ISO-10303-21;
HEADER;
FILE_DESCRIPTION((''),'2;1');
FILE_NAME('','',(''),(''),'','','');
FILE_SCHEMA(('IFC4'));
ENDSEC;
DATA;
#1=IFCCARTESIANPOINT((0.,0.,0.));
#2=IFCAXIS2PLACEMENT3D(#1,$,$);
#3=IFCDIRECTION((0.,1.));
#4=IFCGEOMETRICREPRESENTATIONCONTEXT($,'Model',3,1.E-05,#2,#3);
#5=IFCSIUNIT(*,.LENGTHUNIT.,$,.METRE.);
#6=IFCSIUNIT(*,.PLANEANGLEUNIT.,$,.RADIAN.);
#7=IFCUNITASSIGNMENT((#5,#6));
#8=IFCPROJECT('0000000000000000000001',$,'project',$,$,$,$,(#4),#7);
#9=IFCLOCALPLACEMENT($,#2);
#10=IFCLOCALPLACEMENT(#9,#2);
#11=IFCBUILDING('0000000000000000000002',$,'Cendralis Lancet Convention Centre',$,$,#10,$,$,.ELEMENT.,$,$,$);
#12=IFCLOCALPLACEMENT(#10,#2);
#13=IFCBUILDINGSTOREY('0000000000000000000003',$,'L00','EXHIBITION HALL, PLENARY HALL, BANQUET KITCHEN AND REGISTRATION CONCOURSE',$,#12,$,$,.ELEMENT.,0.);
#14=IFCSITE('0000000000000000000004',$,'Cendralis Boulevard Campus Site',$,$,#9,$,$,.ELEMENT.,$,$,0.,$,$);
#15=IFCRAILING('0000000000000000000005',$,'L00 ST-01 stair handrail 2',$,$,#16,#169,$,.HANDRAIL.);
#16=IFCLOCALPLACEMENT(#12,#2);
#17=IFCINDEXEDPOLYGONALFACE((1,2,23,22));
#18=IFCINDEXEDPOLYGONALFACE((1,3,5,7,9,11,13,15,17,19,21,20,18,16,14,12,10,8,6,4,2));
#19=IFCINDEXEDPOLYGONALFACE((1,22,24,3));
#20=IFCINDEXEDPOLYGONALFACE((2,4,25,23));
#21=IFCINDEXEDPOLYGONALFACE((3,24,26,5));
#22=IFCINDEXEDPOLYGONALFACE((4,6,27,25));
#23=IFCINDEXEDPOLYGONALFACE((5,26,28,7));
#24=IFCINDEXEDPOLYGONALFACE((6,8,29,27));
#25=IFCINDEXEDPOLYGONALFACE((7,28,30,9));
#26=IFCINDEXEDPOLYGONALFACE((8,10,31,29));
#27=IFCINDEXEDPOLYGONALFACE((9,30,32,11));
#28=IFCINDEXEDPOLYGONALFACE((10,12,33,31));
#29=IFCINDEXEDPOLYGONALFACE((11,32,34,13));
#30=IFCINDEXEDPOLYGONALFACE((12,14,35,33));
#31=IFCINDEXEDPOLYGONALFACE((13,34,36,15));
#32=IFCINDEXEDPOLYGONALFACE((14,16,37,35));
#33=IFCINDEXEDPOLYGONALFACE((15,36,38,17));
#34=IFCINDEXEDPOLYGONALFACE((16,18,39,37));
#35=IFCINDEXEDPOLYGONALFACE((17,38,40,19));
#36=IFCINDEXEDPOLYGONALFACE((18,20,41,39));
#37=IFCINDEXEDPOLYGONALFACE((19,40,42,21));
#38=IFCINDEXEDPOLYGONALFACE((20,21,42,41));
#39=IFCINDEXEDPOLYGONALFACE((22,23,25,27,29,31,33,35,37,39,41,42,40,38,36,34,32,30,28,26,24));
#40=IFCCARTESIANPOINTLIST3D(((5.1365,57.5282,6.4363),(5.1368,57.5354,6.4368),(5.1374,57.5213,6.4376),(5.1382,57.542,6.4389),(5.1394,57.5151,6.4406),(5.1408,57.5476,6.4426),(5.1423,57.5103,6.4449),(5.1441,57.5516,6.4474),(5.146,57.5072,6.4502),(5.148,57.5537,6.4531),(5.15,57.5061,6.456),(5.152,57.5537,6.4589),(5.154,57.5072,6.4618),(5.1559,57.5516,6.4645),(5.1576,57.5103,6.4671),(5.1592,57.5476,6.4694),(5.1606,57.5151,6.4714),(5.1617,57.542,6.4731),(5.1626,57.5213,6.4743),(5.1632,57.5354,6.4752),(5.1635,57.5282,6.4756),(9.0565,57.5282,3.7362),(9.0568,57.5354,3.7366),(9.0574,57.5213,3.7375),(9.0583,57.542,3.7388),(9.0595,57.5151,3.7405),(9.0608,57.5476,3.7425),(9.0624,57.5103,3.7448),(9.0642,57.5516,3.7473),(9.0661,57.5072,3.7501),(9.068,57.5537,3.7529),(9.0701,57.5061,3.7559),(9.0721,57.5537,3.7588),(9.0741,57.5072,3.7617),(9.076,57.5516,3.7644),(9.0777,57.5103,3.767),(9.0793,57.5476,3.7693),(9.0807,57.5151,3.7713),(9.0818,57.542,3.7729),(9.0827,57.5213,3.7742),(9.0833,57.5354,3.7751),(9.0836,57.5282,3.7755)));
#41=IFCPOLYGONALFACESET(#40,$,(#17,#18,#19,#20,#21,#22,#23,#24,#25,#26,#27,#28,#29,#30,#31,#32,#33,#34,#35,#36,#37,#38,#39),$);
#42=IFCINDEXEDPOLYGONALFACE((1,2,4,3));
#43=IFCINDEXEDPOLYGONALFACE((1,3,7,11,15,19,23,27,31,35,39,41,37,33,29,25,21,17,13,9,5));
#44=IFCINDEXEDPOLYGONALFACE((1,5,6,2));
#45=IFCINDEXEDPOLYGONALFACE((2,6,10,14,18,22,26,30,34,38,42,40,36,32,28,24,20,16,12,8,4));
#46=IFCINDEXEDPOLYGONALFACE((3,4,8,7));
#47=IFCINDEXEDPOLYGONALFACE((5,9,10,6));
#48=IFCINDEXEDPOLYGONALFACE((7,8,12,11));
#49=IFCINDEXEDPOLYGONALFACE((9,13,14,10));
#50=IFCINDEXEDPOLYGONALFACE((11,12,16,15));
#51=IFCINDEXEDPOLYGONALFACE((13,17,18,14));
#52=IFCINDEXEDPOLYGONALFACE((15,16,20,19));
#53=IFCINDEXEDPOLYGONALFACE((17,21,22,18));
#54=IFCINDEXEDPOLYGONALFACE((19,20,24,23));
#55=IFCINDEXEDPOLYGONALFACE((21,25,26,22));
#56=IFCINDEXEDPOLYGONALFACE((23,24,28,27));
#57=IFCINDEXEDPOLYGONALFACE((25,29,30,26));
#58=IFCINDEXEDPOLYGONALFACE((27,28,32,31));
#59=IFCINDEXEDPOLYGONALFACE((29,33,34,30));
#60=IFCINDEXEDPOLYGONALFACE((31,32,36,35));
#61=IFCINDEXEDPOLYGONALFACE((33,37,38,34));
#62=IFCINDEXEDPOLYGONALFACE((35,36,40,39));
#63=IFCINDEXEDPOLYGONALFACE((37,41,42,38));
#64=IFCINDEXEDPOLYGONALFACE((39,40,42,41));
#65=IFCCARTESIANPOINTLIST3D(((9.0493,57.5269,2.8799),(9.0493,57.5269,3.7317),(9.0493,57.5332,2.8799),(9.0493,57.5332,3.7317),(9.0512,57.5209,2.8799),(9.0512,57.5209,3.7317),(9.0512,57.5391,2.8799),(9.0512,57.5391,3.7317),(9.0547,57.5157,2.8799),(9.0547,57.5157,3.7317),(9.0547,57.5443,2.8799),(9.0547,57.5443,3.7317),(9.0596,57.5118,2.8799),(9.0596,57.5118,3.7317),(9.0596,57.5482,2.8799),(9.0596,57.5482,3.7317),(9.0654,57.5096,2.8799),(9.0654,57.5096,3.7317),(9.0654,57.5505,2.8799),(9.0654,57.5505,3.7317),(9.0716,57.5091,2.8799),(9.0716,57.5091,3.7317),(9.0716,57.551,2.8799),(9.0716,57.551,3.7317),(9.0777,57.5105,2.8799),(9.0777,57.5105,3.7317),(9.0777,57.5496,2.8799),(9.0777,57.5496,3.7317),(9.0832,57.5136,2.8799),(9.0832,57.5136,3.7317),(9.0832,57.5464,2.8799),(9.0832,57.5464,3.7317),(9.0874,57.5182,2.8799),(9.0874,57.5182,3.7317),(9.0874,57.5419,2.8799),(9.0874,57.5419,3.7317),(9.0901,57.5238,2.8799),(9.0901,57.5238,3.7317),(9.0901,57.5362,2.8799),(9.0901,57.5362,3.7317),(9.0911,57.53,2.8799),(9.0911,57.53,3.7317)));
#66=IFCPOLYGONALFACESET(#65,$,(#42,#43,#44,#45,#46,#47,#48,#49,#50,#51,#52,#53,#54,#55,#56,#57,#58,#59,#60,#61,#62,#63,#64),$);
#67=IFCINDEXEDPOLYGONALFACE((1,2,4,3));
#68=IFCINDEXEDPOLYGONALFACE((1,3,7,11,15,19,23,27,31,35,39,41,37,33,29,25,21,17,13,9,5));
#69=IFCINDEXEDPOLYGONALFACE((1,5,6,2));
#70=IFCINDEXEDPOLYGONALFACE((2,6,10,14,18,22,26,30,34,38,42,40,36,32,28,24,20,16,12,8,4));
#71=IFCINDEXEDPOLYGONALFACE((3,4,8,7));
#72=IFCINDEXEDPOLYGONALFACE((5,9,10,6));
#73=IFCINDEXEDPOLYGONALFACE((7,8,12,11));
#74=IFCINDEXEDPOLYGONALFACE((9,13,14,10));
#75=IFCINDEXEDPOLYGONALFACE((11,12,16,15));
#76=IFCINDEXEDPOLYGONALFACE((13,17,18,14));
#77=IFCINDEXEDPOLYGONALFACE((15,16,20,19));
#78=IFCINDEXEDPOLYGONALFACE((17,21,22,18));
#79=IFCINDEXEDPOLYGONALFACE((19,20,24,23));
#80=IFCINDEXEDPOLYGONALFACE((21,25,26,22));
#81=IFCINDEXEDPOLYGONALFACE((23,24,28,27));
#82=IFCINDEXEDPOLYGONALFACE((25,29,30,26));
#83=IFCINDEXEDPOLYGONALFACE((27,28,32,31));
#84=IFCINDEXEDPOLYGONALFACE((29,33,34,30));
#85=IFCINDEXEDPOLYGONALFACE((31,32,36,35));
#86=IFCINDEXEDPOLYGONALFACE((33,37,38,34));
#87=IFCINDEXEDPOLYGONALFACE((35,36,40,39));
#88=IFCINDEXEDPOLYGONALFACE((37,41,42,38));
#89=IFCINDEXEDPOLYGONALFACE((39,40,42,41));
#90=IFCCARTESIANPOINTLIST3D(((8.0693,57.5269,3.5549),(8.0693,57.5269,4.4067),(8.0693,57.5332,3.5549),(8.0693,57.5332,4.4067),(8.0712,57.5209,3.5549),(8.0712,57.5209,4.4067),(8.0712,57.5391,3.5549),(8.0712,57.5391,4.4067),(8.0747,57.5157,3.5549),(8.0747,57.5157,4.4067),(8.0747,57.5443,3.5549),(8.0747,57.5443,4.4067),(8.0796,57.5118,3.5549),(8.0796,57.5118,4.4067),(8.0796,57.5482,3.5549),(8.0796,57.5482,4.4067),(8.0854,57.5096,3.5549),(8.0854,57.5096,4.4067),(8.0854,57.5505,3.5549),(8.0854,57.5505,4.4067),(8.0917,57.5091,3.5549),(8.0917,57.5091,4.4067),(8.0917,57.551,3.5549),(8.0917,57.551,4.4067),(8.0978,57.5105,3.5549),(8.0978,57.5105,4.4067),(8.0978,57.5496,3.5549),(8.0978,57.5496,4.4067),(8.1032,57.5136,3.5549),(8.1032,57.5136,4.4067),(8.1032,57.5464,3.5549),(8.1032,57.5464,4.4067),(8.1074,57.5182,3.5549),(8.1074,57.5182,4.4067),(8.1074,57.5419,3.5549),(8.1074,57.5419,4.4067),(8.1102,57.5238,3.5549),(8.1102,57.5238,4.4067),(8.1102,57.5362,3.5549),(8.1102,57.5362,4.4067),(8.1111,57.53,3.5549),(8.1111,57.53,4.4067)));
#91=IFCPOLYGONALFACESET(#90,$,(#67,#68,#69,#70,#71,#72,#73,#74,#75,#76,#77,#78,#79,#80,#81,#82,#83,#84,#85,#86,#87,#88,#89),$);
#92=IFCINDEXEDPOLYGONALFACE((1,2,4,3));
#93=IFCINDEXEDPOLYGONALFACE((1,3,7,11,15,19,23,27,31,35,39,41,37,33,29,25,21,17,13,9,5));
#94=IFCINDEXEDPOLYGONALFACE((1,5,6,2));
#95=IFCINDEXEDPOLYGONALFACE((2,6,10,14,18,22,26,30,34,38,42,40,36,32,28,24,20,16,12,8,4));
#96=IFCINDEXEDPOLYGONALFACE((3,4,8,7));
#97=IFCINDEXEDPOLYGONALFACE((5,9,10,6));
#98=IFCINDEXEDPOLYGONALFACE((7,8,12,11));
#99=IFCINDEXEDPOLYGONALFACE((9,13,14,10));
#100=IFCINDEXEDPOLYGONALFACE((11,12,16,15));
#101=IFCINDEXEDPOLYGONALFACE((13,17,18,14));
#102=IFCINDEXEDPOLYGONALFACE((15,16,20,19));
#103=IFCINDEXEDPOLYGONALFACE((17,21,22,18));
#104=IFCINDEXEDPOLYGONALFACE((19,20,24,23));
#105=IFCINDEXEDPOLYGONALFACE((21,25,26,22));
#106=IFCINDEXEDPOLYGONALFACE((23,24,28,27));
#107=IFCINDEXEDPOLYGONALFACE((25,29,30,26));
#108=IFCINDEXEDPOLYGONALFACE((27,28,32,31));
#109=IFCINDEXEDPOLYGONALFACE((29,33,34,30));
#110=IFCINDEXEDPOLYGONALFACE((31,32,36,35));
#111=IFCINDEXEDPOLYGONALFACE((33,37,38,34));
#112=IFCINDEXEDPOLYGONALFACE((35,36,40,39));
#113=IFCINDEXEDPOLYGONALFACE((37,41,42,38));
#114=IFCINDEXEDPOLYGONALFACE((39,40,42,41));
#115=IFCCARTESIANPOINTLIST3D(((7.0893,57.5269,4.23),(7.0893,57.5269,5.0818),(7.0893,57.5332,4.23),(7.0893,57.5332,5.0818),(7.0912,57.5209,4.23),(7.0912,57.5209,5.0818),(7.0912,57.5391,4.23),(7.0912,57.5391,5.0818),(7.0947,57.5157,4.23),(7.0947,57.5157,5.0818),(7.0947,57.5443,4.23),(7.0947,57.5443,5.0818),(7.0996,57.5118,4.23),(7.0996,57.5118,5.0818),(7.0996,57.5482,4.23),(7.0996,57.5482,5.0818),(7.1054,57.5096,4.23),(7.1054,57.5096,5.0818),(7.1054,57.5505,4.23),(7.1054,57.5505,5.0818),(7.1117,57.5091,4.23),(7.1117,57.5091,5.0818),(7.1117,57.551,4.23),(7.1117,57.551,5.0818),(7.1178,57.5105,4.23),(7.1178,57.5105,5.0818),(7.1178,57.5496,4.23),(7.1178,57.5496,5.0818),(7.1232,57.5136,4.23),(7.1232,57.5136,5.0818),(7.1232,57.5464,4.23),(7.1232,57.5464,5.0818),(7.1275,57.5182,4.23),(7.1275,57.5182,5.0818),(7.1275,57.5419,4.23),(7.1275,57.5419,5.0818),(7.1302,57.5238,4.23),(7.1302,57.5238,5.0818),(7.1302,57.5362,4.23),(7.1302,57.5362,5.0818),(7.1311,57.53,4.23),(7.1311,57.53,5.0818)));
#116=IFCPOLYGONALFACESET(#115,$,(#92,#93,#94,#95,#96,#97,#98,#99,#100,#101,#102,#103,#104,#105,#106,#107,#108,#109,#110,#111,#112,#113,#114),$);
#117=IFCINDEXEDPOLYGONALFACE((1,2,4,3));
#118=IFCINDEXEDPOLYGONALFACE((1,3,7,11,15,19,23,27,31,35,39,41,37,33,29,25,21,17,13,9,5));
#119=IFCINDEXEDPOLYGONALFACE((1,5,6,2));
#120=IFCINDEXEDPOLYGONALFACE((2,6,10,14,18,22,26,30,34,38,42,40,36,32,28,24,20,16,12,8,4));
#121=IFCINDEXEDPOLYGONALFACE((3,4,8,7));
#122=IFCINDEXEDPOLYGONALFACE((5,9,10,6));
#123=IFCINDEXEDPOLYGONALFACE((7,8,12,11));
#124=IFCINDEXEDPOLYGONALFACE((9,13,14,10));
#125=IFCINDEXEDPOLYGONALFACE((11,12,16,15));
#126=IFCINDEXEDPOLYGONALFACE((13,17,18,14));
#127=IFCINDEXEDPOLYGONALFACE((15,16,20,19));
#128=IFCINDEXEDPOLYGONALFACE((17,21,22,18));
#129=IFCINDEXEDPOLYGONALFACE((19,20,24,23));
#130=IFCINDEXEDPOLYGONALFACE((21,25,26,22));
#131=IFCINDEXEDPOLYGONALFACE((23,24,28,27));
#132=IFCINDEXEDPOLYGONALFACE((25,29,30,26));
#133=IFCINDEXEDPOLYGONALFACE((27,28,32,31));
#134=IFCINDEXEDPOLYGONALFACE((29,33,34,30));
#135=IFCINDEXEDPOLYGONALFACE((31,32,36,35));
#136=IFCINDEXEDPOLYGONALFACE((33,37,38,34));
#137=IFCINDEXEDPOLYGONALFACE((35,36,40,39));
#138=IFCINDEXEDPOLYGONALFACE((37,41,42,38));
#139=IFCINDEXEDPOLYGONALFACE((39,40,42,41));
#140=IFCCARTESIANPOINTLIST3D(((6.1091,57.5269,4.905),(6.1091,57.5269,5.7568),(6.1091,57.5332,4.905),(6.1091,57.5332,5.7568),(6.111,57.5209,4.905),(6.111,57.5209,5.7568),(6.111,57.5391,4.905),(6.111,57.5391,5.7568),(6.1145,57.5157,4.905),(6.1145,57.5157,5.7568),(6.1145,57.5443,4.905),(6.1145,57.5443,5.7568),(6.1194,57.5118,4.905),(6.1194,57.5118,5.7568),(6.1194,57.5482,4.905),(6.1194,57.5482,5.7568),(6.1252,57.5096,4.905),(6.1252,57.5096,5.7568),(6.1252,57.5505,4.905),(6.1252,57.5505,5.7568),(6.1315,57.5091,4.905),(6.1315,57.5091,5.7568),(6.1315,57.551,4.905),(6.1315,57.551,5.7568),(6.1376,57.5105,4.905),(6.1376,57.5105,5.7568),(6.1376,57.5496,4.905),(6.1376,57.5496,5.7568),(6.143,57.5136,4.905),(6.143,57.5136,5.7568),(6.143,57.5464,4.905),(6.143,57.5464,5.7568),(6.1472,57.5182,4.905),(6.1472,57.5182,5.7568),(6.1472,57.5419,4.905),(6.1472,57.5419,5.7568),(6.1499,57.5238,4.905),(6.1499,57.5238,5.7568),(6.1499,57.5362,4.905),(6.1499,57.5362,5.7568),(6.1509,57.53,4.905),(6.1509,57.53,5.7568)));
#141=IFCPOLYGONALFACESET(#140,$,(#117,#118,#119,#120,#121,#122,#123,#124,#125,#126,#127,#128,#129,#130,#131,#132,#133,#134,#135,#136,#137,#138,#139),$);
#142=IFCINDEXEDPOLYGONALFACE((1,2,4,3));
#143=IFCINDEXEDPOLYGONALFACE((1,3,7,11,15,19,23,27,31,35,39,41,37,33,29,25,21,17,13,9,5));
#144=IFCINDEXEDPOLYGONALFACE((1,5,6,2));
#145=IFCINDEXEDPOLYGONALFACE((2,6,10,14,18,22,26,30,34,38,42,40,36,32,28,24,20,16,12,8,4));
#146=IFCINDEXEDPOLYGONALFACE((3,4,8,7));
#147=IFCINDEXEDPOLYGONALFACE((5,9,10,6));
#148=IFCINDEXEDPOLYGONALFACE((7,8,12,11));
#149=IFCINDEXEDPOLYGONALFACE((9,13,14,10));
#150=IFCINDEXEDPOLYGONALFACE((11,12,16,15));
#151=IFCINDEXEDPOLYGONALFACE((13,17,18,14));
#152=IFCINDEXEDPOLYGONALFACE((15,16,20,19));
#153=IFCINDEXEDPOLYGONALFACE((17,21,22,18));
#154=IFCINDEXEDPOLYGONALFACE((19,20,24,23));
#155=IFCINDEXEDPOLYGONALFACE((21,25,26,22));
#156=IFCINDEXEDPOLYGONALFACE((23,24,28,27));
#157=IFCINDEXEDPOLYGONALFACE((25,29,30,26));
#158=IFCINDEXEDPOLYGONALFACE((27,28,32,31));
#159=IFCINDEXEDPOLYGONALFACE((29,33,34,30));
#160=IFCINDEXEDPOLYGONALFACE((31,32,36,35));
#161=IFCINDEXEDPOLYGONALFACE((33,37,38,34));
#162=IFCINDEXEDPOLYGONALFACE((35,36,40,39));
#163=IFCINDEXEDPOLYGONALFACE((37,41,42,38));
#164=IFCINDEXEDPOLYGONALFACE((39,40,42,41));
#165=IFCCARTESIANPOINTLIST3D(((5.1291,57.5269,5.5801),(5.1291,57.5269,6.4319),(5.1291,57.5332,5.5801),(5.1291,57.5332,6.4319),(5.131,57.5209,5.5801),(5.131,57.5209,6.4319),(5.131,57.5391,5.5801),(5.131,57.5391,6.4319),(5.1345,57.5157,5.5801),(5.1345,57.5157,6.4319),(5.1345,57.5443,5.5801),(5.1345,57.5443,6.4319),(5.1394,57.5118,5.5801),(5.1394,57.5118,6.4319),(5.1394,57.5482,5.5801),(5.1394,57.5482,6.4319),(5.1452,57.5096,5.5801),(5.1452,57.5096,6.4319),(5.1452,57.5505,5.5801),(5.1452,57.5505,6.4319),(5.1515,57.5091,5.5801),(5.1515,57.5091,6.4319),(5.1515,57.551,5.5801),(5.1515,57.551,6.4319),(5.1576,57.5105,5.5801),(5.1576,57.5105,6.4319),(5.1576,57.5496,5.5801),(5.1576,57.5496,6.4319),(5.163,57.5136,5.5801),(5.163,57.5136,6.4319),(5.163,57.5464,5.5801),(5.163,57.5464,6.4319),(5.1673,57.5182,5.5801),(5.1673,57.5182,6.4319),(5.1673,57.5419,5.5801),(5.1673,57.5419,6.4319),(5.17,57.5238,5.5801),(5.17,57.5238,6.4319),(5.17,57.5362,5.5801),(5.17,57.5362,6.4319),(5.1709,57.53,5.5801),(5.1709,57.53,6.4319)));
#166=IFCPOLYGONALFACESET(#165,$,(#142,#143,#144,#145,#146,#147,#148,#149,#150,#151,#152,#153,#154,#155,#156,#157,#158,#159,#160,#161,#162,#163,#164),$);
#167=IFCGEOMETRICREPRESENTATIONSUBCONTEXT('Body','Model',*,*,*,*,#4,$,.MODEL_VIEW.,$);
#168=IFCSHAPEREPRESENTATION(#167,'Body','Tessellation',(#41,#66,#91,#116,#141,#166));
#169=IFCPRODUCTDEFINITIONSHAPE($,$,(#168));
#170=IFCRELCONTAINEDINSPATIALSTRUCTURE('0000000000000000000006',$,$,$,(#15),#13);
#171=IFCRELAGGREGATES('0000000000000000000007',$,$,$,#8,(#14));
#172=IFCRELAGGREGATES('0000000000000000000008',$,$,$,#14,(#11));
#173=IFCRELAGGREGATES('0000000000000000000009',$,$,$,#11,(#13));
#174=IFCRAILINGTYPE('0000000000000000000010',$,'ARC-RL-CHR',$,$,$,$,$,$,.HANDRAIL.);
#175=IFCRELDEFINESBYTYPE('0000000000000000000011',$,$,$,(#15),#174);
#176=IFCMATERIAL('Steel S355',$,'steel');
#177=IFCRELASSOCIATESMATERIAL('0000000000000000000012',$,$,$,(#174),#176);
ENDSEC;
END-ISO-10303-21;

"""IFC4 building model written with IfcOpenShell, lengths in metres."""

from ifc_helpers import new_model, si_unit, direction, frame, origin, origin_2d, place, context, subcontext, project, spatial, circle, extrude, material, type_object, element, save


model = new_model("IFC4")

# Units and contexts
model_context = context("Model", 3, precision=1e-05, world=origin(), true_north=direction((0.0, 1.0)))
body_context = subcontext(model_context, "Body", "Model", "MODEL_VIEW")
ifc_project = project(units=[si_unit("LENGTHUNIT", "METRE"), si_unit("PLANEANGLEUNIT", "RADIAN")], contexts=[model_context])

# Site, building, storey
site_placement = place(None, origin())
site = spatial("IfcSite", under=ifc_project, at=site_placement, Name="Cendralis Boulevard Campus Site", CompositionType="ELEMENT", RefElevation=0.0)
building_placement = place(site_placement, origin())
building = spatial("IfcBuilding", under=site, at=building_placement, Name="Cendralis Lancet Convention Centre", CompositionType="ELEMENT")
storey_placement = place(building_placement, origin())
storey = spatial("IfcBuildingStorey", under=building, at=storey_placement, Name="L00", Description="EXHIBITION HALL, PLENARY HALL, BANQUET KITCHEN AND REGISTRATION CONCOURSE", CompositionType="ELEMENT", Elevation=0.0)

# Shared definitions
ifc_material_1 = material(Name="Steel S355", Category="steel")

# Railing
railing_type_1 = type_object("IfcRailingType", Name="ARC-RL-CHR", PredefinedType="HANDRAIL", material=ifc_material_1)
railing_1_placement = place(storey_placement, frame((9.0701, 57.53, 2.8799)))
element("IfcRailing", 1, at=railing_1_placement, inside=storey, type_object=railing_type_1, Name="L00 ST-01 stair handrail 2", PredefinedType="HANDRAIL", context=body_context, shape_type="SweptSolid", body=[
    extrude(circle(Radius=0.0239, at=origin_2d()), frame((0.0, 0.0, 0.876), z_axis=(-0.823543, 0.0, 0.567253), x_axis=(0.0, -1.0, 0.0)), (0.0, 0.0, 1.0), 4.76),
    extrude(circle(Radius=0.021, at=origin_2d()), origin(), (0.0, 0.0, 1.0), 0.8518),
    extrude(circle(Radius=0.021, at=origin_2d()), frame((-0.98, 0.0, 0.675)), (0.0, 0.0, 1.0), 0.8518),
    extrude(circle(Radius=0.021, at=origin_2d()), frame((-1.96, 0.0, 1.3501)), (0.0, 0.0, 1.0), 0.8518),
    extrude(circle(Radius=0.021, at=origin_2d()), frame((-2.9402, 0.0, 2.0251)), (0.0, 0.0, 1.0), 0.8518),
    extrude(circle(Radius=0.021, at=origin_2d()), frame((-3.9202, 0.0, 2.7002)), (0.0, 0.0, 1.0), 0.8518),
])

save(model, "model.ifc")
